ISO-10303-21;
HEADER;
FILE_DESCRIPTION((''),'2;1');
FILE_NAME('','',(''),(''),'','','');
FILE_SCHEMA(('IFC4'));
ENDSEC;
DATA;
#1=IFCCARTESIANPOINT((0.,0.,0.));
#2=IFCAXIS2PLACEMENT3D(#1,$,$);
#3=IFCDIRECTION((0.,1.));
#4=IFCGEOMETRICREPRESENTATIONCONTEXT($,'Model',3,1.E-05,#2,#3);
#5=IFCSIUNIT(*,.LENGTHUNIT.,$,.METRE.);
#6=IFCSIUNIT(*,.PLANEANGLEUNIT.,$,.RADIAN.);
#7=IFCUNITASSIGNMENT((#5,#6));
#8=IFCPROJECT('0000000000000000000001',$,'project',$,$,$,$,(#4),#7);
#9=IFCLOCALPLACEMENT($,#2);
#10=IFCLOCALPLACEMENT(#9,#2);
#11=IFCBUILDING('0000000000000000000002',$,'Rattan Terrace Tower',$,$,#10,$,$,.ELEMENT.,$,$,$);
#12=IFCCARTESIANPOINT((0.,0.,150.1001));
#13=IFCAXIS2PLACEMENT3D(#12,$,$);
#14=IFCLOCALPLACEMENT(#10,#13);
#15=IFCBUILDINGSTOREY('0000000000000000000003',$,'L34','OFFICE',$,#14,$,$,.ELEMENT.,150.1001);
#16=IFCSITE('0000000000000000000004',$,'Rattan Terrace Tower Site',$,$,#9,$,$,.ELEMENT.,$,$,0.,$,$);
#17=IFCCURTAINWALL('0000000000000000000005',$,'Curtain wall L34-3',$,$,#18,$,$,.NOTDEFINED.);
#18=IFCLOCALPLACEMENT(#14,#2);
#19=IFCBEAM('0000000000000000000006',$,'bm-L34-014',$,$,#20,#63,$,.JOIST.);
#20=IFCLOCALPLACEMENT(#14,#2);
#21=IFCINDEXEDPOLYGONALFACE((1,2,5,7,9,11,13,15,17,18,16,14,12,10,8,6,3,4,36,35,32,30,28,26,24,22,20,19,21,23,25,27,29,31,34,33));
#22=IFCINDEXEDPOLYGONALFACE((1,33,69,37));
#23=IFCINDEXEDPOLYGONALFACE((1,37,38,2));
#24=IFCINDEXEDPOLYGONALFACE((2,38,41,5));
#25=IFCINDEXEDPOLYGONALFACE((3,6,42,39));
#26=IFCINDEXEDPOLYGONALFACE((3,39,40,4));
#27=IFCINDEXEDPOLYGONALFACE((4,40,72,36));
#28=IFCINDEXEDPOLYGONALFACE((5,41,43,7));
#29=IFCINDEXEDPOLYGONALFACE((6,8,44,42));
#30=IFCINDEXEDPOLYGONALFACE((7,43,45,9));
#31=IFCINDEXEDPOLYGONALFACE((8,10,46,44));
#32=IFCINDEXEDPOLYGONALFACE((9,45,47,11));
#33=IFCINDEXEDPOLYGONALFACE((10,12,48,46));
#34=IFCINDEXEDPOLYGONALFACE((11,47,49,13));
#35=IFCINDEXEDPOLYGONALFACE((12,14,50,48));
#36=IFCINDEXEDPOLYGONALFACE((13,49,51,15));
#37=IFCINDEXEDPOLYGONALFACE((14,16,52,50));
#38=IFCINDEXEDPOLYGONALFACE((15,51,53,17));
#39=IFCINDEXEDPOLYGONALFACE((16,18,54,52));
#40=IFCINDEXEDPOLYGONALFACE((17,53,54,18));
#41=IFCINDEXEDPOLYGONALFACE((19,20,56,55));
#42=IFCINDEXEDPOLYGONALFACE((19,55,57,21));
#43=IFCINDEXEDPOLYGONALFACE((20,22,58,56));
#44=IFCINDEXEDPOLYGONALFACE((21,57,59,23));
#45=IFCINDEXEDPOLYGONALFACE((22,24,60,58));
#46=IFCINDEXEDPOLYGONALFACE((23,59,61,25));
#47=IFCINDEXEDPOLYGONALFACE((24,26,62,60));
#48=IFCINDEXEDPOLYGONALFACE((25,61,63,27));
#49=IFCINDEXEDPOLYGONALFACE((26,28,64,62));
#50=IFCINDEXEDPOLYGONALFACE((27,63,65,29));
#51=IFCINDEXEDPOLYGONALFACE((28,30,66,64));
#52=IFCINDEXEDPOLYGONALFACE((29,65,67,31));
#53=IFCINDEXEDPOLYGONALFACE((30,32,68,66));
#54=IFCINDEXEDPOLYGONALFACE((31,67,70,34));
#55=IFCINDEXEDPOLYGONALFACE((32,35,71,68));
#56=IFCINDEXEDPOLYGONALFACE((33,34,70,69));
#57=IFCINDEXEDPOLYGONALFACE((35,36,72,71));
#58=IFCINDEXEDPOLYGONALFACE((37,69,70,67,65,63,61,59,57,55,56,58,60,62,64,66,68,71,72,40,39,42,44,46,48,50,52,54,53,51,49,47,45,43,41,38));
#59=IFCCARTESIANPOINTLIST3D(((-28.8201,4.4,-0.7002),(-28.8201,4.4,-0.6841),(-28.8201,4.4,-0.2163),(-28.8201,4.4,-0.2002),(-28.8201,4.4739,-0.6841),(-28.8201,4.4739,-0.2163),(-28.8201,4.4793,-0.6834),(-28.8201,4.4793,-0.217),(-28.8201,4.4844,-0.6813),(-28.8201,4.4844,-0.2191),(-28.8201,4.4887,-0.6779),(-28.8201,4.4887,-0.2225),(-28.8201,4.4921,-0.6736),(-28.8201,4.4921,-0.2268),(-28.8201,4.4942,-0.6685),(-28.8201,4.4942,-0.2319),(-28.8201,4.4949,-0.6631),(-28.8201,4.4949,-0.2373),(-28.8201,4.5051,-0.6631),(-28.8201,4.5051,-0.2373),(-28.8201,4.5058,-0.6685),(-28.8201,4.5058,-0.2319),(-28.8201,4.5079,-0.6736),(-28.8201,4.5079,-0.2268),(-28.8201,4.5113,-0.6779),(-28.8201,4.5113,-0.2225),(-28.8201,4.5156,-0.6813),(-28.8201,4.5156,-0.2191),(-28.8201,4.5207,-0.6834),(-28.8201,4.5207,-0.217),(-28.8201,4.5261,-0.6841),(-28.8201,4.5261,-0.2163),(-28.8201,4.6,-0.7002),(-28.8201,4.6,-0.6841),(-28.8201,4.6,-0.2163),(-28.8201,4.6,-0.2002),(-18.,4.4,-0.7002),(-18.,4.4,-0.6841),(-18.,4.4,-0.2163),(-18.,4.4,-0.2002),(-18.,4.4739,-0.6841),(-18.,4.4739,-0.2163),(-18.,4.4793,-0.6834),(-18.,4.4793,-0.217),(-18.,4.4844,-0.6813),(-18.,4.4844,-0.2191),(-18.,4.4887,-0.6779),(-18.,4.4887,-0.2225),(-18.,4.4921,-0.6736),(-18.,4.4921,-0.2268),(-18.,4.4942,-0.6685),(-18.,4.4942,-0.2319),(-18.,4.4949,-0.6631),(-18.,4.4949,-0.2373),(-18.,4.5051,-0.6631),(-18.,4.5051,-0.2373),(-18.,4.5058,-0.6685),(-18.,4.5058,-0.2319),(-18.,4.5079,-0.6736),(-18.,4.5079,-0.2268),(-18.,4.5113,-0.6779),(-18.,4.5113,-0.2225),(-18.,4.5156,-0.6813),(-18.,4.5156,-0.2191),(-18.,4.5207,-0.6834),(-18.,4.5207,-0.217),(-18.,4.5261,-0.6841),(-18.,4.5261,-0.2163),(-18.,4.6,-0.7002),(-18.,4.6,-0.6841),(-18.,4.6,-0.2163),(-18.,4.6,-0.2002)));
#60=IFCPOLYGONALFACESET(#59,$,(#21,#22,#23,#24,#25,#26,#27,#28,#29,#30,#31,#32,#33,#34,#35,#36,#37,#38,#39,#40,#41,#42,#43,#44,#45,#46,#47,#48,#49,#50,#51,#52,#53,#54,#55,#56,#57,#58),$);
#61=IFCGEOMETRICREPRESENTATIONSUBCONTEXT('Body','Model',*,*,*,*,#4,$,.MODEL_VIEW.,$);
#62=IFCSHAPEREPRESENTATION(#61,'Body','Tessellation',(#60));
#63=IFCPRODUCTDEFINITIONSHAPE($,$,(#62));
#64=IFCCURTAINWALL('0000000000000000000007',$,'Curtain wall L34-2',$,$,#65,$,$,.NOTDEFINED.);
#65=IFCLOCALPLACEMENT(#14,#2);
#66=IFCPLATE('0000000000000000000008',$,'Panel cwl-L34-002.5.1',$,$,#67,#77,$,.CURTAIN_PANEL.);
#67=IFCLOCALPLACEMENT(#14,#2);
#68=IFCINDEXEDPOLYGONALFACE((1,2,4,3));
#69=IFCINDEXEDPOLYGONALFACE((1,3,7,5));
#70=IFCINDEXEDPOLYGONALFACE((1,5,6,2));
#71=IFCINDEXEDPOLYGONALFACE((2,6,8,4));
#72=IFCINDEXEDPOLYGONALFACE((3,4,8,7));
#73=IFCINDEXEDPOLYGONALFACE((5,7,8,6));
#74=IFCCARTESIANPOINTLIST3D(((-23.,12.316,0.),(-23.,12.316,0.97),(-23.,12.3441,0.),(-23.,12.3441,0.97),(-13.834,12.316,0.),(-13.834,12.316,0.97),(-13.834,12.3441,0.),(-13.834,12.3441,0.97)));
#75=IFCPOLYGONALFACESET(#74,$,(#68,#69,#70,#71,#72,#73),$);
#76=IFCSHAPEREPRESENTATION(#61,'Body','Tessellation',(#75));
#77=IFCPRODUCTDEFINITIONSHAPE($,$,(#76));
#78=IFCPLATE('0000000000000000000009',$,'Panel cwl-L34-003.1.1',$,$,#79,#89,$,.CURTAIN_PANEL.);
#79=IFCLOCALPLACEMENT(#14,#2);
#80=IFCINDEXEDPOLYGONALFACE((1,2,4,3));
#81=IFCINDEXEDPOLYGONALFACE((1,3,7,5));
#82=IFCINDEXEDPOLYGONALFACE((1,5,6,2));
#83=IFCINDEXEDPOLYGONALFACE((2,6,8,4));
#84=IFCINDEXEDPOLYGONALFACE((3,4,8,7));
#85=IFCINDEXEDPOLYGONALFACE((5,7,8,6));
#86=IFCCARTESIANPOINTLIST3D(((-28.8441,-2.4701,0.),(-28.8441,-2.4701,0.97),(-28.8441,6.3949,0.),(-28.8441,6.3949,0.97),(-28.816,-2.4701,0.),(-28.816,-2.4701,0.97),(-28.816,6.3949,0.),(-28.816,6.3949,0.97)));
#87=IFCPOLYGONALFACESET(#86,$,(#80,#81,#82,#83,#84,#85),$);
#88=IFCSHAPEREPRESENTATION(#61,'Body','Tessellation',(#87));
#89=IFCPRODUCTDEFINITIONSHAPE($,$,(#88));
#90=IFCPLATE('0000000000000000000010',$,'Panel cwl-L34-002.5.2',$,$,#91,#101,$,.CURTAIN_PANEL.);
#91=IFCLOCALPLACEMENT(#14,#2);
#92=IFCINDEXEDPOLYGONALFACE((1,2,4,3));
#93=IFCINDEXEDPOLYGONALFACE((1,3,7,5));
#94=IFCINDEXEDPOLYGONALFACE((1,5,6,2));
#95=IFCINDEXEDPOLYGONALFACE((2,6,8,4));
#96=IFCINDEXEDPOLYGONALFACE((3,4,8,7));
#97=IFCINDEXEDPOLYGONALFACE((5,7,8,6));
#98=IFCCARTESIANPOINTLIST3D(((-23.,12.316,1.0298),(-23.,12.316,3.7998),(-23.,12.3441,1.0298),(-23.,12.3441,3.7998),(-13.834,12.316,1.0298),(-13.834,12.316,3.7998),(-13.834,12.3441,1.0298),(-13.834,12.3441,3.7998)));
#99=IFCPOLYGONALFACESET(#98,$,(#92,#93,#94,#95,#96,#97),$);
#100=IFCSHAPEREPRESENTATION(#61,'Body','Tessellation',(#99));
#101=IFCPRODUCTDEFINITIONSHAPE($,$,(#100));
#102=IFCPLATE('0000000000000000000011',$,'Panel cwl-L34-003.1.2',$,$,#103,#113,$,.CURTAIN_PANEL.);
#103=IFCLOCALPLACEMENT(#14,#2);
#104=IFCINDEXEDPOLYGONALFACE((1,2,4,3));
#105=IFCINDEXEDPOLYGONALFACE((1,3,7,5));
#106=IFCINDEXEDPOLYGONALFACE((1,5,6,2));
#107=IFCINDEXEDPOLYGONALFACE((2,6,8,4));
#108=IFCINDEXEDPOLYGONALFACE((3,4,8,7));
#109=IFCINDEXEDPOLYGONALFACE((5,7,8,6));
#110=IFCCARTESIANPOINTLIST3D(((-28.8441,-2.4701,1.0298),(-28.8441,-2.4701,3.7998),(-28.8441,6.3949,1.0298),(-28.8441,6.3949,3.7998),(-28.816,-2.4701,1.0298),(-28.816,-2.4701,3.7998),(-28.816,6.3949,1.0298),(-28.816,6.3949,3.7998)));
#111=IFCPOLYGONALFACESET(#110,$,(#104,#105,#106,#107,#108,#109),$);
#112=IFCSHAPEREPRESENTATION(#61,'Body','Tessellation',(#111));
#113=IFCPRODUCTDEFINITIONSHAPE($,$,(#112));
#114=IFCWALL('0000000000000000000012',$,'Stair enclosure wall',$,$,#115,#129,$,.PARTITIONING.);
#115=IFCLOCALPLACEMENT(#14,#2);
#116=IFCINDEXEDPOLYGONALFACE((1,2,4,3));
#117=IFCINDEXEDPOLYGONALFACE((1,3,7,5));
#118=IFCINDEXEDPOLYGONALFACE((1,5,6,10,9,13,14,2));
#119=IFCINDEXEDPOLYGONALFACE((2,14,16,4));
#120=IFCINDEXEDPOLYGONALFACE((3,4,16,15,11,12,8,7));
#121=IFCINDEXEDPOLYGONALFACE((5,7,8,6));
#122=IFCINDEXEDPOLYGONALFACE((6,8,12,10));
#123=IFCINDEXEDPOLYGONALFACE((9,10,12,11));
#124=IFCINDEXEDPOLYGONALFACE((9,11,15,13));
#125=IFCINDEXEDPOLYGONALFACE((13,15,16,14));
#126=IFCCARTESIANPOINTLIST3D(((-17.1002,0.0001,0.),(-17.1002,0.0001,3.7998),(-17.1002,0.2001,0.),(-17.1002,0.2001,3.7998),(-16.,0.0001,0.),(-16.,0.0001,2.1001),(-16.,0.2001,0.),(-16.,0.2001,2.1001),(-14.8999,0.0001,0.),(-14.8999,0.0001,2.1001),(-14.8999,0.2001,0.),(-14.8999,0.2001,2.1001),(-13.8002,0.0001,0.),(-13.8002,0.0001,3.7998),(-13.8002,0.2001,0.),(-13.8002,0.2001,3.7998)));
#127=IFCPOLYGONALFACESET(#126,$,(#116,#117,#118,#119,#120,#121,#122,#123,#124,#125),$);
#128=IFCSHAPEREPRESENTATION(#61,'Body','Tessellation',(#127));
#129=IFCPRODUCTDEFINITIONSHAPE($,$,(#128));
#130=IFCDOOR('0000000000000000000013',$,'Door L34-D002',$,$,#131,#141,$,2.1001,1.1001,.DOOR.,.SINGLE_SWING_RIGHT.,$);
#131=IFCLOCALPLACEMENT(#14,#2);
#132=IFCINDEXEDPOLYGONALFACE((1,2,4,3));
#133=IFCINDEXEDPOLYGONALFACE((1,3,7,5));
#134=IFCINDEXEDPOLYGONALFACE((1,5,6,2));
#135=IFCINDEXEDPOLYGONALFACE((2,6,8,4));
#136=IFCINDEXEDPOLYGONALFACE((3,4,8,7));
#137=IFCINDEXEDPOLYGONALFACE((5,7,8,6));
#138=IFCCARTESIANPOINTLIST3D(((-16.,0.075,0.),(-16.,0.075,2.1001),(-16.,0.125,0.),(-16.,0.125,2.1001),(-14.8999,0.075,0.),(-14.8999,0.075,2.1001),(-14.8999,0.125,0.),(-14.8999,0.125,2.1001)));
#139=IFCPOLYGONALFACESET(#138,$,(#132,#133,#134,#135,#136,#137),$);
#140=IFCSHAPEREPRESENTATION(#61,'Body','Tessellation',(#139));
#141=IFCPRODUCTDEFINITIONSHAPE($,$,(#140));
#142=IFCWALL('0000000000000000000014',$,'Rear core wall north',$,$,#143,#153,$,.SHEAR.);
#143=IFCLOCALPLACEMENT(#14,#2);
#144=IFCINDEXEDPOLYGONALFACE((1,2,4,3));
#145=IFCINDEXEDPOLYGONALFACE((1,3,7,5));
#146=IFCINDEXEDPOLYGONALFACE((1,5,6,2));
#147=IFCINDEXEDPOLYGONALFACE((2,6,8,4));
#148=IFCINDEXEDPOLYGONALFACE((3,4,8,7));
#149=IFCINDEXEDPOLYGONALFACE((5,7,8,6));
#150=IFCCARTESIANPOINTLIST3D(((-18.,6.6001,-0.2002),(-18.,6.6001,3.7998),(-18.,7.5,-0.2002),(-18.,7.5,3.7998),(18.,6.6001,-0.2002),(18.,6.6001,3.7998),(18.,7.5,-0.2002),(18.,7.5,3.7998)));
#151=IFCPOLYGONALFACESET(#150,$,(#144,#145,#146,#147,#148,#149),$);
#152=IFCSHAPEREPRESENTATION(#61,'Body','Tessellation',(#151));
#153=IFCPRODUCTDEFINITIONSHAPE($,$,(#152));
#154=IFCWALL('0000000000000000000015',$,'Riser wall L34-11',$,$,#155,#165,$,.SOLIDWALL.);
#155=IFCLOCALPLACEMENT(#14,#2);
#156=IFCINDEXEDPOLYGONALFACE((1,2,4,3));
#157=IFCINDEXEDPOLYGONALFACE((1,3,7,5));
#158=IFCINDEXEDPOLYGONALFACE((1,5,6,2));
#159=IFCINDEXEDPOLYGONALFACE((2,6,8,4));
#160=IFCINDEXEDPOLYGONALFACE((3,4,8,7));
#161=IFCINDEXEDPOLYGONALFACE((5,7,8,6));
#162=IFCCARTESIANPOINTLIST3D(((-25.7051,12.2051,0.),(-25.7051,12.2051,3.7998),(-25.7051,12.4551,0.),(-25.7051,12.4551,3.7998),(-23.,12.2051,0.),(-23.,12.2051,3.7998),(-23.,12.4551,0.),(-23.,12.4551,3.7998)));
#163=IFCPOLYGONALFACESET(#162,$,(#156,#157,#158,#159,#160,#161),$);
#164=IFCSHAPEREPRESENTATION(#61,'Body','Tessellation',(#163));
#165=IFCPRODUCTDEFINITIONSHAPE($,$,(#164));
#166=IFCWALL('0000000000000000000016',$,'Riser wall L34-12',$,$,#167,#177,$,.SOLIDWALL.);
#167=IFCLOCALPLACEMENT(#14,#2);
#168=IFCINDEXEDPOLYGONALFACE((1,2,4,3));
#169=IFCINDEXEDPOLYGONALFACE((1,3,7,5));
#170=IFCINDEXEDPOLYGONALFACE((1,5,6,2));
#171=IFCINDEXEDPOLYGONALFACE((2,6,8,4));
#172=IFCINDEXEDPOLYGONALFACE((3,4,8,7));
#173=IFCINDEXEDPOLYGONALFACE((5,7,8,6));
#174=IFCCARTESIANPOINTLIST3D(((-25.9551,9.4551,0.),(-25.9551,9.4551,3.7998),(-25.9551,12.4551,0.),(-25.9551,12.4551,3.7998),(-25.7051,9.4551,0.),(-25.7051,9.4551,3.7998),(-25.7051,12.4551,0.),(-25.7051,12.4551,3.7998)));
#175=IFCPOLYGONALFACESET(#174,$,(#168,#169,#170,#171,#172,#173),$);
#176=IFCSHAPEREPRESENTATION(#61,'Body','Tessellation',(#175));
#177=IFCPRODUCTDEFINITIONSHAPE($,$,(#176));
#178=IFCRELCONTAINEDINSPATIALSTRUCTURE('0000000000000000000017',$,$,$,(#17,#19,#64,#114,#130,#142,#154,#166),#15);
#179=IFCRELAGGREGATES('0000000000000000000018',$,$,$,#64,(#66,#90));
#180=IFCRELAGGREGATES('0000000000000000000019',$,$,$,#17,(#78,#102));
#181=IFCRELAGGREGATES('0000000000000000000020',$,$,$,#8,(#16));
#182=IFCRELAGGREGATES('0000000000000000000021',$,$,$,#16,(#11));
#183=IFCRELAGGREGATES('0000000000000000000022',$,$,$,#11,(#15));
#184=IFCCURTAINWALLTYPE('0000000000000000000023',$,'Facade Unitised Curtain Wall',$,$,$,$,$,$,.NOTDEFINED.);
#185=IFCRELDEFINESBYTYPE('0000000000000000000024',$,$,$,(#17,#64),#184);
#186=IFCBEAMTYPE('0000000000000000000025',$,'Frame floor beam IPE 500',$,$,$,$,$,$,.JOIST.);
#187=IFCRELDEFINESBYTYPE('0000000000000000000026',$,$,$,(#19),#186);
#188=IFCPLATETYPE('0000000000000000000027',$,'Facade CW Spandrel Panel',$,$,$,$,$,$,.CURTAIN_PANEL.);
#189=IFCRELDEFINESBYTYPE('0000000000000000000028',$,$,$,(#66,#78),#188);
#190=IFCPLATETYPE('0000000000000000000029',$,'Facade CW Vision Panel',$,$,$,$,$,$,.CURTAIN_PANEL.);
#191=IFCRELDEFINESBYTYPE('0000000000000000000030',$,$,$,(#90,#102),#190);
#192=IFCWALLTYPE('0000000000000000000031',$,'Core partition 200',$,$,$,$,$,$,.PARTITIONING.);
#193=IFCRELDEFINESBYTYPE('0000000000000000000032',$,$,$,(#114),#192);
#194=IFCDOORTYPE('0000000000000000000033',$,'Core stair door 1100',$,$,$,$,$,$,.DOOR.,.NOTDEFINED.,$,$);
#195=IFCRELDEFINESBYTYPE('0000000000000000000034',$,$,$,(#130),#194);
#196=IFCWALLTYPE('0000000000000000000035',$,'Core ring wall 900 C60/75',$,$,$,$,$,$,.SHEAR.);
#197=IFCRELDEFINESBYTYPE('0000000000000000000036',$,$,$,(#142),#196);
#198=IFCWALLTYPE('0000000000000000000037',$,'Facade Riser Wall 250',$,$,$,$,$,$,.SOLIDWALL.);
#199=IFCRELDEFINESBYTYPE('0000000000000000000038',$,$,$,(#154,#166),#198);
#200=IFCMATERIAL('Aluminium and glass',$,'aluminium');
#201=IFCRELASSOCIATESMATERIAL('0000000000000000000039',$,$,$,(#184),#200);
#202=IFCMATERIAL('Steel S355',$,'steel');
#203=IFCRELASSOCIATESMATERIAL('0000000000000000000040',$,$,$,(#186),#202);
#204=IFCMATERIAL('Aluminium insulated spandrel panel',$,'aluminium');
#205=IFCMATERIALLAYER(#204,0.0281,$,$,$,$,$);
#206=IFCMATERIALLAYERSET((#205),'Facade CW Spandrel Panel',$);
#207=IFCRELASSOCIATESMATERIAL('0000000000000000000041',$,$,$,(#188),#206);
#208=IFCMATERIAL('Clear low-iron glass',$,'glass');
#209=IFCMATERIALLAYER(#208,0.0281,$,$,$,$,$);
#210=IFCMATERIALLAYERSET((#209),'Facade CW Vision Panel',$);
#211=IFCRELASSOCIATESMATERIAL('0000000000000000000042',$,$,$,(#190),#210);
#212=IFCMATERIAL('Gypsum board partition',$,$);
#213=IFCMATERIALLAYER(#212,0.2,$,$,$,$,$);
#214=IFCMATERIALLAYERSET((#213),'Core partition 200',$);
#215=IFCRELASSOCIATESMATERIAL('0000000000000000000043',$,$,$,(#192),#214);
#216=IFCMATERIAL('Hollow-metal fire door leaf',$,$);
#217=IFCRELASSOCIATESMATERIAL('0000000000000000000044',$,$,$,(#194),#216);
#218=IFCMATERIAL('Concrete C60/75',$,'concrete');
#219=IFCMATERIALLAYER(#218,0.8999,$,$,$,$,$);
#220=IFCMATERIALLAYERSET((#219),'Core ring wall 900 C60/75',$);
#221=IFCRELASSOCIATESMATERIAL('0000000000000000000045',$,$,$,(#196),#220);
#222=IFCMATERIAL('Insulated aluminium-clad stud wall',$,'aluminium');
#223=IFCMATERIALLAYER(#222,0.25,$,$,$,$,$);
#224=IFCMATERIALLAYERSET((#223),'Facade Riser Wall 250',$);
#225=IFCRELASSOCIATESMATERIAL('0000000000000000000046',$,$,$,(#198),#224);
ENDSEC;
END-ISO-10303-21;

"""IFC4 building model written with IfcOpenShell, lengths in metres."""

from ifc_helpers import new_model, si_unit, direction, frame, frame_2d, origin, origin_2d, place, context, subcontext, project, spatial, rectangle, i_section, extrude, material, layer, layer_set, material_profile, profile_set, type_object, element, fill, aggregate, save


model = new_model("IFC4")

# Units and contexts
model_context = context("Model", 3, precision=1e-05, world=origin(), true_north=direction((0.0, 1.0)))
body_context = subcontext(model_context, "Body", "Model", "MODEL_VIEW")
ifc_project = project(units=[si_unit("LENGTHUNIT", "METRE"), si_unit("PLANEANGLEUNIT", "RADIAN")], contexts=[model_context])

# Site, building, storey
site_placement = place(None, origin())
site = spatial("IfcSite", under=ifc_project, at=site_placement, Name="Rattan Terrace Tower Site", CompositionType="ELEMENT", RefElevation=0.0)
building_placement = place(site_placement, origin())
building = spatial("IfcBuilding", under=site, at=building_placement, Name="Rattan Terrace Tower", CompositionType="ELEMENT")
storey_placement = place(building_placement, frame((0.0, 0.0, 150.1001)))
storey = spatial("IfcBuildingStorey", under=building, at=storey_placement, Name="L34", Description="OFFICE", CompositionType="ELEMENT", Elevation=150.1001)

# Curtain wall
ifc_material_1 = material(Name="Aluminium and glass", Category="aluminium")
curtain_wall_type = type_object("IfcCurtainWallType", Name="Facade Unitised Curtain Wall", PredefinedType="NOTDEFINED", material=ifc_material_1)
curtain_wall_1_placement = place(storey_placement, origin())
curtain_wall_1 = element("IfcCurtainWall", 1, at=curtain_wall_1_placement, inside=storey, type_object=curtain_wall_type, Name="Curtain wall L34-3", PredefinedType="NOTDEFINED")

# Beam
ifc_material_2 = material(Name="Steel S355", Category="steel")
ifc_material_profile_1 = material_profile(ifc_material_2, i_section(OverallWidth=0.2, OverallDepth=0.5, WebThickness=0.0103, FlangeThickness=0.0161, FilletRadius=0.021, at=origin_2d()), Name="IPE 500")
ifc_profile_set_1 = profile_set([ifc_material_profile_1], Name="Steel S355")
beam_type_1 = type_object("IfcBeamType", Name="Frame floor beam IPE 500", PredefinedType="JOIST", material=ifc_profile_set_1)
for number, where, z_axis, x_axis, name in (
    (2, (-28.8201, 4.5, -0.4502), (1.0, 0.0, 0.0), (0.0, 1.0, 0.0), "bm-L34-014"),
):
    element("IfcBeam", number, at=place(storey_placement, frame(where, z_axis=z_axis, x_axis=x_axis)), inside=storey, type_object=beam_type_1, Name=name, PredefinedType="JOIST", context=body_context, shape_type="SweptSolid", body=[
        extrude(i_section(OverallWidth=0.2, OverallDepth=0.5, WebThickness=0.0103, FlangeThickness=0.0161, FilletRadius=0.021, at=origin_2d()), origin(), (0.0, 0.0, 1.0), 10.8201),
    ])

# Curtain wall, plate
curtain_wall_2_placement = place(storey_placement, origin())
curtain_wall_2 = element("IfcCurtainWall", 3, at=curtain_wall_2_placement, inside=storey, type_object=curtain_wall_type, Name="Curtain wall L34-2", PredefinedType="NOTDEFINED")
ifc_material_3 = material(Name="Aluminium insulated spandrel panel", Category="aluminium")
ifc_layer_1 = layer(ifc_material_3, 0.0281)
ifc_layer_set_1 = layer_set([ifc_layer_1], Name="Facade CW Spandrel Panel")
plate_type_1 = type_object("IfcPlateType", Name="Facade CW Spandrel Panel", PredefinedType="CURTAIN_PANEL", material=ifc_layer_set_1)
plate_1_placement = place(storey_placement, frame((-18.417, 12.3301, 0.0), z_axis=(0.0, 0.0, 1.0), x_axis=(-1.0, 0.0, 0.0)))
plate_1 = element("IfcPlate", 4, at=plate_1_placement, type_object=plate_type_1, Name="Panel cwl-L34-002.5.1", PredefinedType="CURTAIN_PANEL", context=body_context, shape_type="SweptSolid", body=[
    extrude(rectangle(XDim=9.166, YDim=0.0281, at=origin_2d()), origin(), (0.0, 0.0, 1.0), 0.97),
])

# Plates
plate_2_placement = place(storey_placement, frame((-28.8301, 1.9624, 0.0), z_axis=(0.0, 0.0, 1.0), x_axis=(0.0, -1.0, 0.0)))
plate_2 = element("IfcPlate", 5, at=plate_2_placement, type_object=plate_type_1, Name="Panel cwl-L34-003.1.1", PredefinedType="CURTAIN_PANEL", context=body_context, shape_type="SweptSolid", body=[
    extrude(rectangle(XDim=8.865, YDim=0.0281, at=origin_2d()), origin(), (0.0, 0.0, 1.0), 0.97),
])
ifc_material_4 = material(Name="Clear low-iron glass", Category="glass")
ifc_layer_2 = layer(ifc_material_4, 0.0281)
ifc_layer_set_2 = layer_set([ifc_layer_2], Name="Facade CW Vision Panel")
plate_type_2 = type_object("IfcPlateType", Name="Facade CW Vision Panel", PredefinedType="CURTAIN_PANEL", material=ifc_layer_set_2)
plate_3_placement = place(storey_placement, frame((-18.417, 12.3301, 1.0298), z_axis=(0.0, 0.0, 1.0), x_axis=(-1.0, 0.0, 0.0)))
plate_3 = element("IfcPlate", 6, at=plate_3_placement, type_object=plate_type_2, Name="Panel cwl-L34-002.5.2", PredefinedType="CURTAIN_PANEL", context=body_context, shape_type="SweptSolid", body=[
    extrude(rectangle(XDim=9.166, YDim=0.0281, at=origin_2d()), origin(), (0.0, 0.0, 1.0), 2.77),
])
aggregate(curtain_wall_2, [plate_1, plate_3])
plate_4_placement = place(storey_placement, frame((-28.8301, 1.9624, 1.0298), z_axis=(0.0, 0.0, 1.0), x_axis=(0.0, -1.0, 0.0)))
plate_4 = element("IfcPlate", 7, at=plate_4_placement, type_object=plate_type_2, Name="Panel cwl-L34-003.1.2", PredefinedType="CURTAIN_PANEL", context=body_context, shape_type="SweptSolid", body=[
    extrude(rectangle(XDim=8.865, YDim=0.0281, at=origin_2d()), origin(), (0.0, 0.0, 1.0), 2.77),
])
aggregate(curtain_wall_1, [plate_2, plate_4])

# Wall, opening, door
ifc_material_5 = material(Name="Gypsum board partition")
ifc_layer_3 = layer(ifc_material_5, 0.2)
ifc_layer_set_3 = layer_set([ifc_layer_3], Name="Core partition 200")
wall_type_1 = type_object("IfcWallType", Name="Core partition 200", PredefinedType="PARTITIONING", material=ifc_layer_set_3)
wall_1_placement = place(storey_placement, frame((-17.1001, 0.1001, 0.0), z_axis=(0.0, 0.0, 1.0), x_axis=(1.0, 0.0, 0.0)))
wall_1 = element("IfcWall", 8, at=wall_1_placement, inside=storey, type_object=wall_type_1, Name="Stair enclosure wall", PredefinedType="PARTITIONING", context=body_context, shape_type="SweptSolid", body=[
    extrude(rectangle(XDim=3.3, YDim=0.2, at=frame_2d((1.6499, 0.0))), origin(), (0.0, 0.0, 1.0), 3.7998),
])
opening_1_placement = place(wall_1_placement, frame((1.1001, 0.0, 0.0)))
opening_1 = element("IfcOpeningElement", 9, at=opening_1_placement, cuts=wall_1, PredefinedType="OPENING", context=body_context, shape_type="SweptSolid", body=[
    extrude(rectangle(XDim=1.1001, YDim=2.1001, at=frame_2d((0.55, 1.05))), frame((0.0, 0.1106, 0.0), z_axis=(0.0, -1.0, 0.0), x_axis=(1.0, 0.0, 0.0)), (0.0, 0.0, 1.0), 0.2209),
])
ifc_material_6 = material(Name="Hollow-metal fire door leaf")
door_type_1 = type_object("IfcDoorType", Name="Core stair door 1100", OperationType="NOTDEFINED", PredefinedType="DOOR", material=ifc_material_6)
door_1_placement = place(opening_1_placement, origin())
door_1 = element("IfcDoor", 10, at=door_1_placement, inside=storey, type_object=door_type_1, Name="Door L34-D002", OperationType="SINGLE_SWING_RIGHT", OverallHeight=2.1001, OverallWidth=1.1001, PredefinedType="DOOR", context=body_context, shape_type="SweptSolid", body=[
    extrude(rectangle(XDim=1.1001, YDim=2.1001, at=frame_2d((0.55, 1.05))), frame((0.0, 0.0249, 0.0), z_axis=(0.0, -1.0, 0.0), x_axis=(1.0, 0.0, 0.0)), (0.0, 0.0, 1.0), 0.05),
])
fill(opening_1, door_1)

# Walls
ifc_material_7 = material(Name="Concrete C60/75", Category="concrete")
ifc_layer_4 = layer(ifc_material_7, 0.8999)
ifc_layer_set_4 = layer_set([ifc_layer_4], Name="Core ring wall 900 C60/75")
wall_type_2 = type_object("IfcWallType", Name="Core ring wall 900 C60/75", PredefinedType="SHEAR", material=ifc_layer_set_4)
wall_2_placement = place(storey_placement, frame((-18.0, 7.05, -0.2002), z_axis=(0.0, 0.0, 1.0), x_axis=(1.0, 0.0, 0.0)))
element("IfcWall", 11, at=wall_2_placement, inside=storey, type_object=wall_type_2, Name="Rear core wall north", PredefinedType="SHEAR", context=body_context, shape_type="SweptSolid", body=[
    extrude(rectangle(XDim=36.0, YDim=0.8999, at=frame_2d((18.0, 0.0))), origin(), (0.0, 0.0, 1.0), 4.0),
])
ifc_material_8 = material(Name="Insulated aluminium-clad stud wall", Category="aluminium")
ifc_layer_5 = layer(ifc_material_8, 0.25)
ifc_layer_set_5 = layer_set([ifc_layer_5], Name="Facade Riser Wall 250")
wall_type_3 = type_object("IfcWallType", Name="Facade Riser Wall 250", PredefinedType="SOLIDWALL", material=ifc_layer_set_5)
wall_3_placement = place(storey_placement, frame((-23.0, 12.3301, 0.0), z_axis=(0.0, 0.0, 1.0), x_axis=(-1.0, 0.0, 0.0)))
element("IfcWall", 12, at=wall_3_placement, inside=storey, type_object=wall_type_3, Name="Riser wall L34-11", PredefinedType="SOLIDWALL", context=body_context, shape_type="SweptSolid", body=[
    extrude(rectangle(XDim=2.7051, YDim=0.25, at=frame_2d((1.3525, 0.0))), origin(), (0.0, 0.0, 1.0), 3.7998),
])
wall_4_placement = place(storey_placement, frame((-25.8301, 12.4551, 0.0), z_axis=(0.0, 0.0, 1.0), x_axis=(0.0, -1.0, 0.0)))
element("IfcWall", 13, at=wall_4_placement, inside=storey, type_object=wall_type_3, Name="Riser wall L34-12", PredefinedType="SOLIDWALL", context=body_context, shape_type="SweptSolid", body=[
    extrude(rectangle(XDim=3.0, YDim=0.25, at=frame_2d((1.5, 0.0))), origin(), (0.0, 0.0, 1.0), 3.7998),
])

save(model, "model.ifc")
